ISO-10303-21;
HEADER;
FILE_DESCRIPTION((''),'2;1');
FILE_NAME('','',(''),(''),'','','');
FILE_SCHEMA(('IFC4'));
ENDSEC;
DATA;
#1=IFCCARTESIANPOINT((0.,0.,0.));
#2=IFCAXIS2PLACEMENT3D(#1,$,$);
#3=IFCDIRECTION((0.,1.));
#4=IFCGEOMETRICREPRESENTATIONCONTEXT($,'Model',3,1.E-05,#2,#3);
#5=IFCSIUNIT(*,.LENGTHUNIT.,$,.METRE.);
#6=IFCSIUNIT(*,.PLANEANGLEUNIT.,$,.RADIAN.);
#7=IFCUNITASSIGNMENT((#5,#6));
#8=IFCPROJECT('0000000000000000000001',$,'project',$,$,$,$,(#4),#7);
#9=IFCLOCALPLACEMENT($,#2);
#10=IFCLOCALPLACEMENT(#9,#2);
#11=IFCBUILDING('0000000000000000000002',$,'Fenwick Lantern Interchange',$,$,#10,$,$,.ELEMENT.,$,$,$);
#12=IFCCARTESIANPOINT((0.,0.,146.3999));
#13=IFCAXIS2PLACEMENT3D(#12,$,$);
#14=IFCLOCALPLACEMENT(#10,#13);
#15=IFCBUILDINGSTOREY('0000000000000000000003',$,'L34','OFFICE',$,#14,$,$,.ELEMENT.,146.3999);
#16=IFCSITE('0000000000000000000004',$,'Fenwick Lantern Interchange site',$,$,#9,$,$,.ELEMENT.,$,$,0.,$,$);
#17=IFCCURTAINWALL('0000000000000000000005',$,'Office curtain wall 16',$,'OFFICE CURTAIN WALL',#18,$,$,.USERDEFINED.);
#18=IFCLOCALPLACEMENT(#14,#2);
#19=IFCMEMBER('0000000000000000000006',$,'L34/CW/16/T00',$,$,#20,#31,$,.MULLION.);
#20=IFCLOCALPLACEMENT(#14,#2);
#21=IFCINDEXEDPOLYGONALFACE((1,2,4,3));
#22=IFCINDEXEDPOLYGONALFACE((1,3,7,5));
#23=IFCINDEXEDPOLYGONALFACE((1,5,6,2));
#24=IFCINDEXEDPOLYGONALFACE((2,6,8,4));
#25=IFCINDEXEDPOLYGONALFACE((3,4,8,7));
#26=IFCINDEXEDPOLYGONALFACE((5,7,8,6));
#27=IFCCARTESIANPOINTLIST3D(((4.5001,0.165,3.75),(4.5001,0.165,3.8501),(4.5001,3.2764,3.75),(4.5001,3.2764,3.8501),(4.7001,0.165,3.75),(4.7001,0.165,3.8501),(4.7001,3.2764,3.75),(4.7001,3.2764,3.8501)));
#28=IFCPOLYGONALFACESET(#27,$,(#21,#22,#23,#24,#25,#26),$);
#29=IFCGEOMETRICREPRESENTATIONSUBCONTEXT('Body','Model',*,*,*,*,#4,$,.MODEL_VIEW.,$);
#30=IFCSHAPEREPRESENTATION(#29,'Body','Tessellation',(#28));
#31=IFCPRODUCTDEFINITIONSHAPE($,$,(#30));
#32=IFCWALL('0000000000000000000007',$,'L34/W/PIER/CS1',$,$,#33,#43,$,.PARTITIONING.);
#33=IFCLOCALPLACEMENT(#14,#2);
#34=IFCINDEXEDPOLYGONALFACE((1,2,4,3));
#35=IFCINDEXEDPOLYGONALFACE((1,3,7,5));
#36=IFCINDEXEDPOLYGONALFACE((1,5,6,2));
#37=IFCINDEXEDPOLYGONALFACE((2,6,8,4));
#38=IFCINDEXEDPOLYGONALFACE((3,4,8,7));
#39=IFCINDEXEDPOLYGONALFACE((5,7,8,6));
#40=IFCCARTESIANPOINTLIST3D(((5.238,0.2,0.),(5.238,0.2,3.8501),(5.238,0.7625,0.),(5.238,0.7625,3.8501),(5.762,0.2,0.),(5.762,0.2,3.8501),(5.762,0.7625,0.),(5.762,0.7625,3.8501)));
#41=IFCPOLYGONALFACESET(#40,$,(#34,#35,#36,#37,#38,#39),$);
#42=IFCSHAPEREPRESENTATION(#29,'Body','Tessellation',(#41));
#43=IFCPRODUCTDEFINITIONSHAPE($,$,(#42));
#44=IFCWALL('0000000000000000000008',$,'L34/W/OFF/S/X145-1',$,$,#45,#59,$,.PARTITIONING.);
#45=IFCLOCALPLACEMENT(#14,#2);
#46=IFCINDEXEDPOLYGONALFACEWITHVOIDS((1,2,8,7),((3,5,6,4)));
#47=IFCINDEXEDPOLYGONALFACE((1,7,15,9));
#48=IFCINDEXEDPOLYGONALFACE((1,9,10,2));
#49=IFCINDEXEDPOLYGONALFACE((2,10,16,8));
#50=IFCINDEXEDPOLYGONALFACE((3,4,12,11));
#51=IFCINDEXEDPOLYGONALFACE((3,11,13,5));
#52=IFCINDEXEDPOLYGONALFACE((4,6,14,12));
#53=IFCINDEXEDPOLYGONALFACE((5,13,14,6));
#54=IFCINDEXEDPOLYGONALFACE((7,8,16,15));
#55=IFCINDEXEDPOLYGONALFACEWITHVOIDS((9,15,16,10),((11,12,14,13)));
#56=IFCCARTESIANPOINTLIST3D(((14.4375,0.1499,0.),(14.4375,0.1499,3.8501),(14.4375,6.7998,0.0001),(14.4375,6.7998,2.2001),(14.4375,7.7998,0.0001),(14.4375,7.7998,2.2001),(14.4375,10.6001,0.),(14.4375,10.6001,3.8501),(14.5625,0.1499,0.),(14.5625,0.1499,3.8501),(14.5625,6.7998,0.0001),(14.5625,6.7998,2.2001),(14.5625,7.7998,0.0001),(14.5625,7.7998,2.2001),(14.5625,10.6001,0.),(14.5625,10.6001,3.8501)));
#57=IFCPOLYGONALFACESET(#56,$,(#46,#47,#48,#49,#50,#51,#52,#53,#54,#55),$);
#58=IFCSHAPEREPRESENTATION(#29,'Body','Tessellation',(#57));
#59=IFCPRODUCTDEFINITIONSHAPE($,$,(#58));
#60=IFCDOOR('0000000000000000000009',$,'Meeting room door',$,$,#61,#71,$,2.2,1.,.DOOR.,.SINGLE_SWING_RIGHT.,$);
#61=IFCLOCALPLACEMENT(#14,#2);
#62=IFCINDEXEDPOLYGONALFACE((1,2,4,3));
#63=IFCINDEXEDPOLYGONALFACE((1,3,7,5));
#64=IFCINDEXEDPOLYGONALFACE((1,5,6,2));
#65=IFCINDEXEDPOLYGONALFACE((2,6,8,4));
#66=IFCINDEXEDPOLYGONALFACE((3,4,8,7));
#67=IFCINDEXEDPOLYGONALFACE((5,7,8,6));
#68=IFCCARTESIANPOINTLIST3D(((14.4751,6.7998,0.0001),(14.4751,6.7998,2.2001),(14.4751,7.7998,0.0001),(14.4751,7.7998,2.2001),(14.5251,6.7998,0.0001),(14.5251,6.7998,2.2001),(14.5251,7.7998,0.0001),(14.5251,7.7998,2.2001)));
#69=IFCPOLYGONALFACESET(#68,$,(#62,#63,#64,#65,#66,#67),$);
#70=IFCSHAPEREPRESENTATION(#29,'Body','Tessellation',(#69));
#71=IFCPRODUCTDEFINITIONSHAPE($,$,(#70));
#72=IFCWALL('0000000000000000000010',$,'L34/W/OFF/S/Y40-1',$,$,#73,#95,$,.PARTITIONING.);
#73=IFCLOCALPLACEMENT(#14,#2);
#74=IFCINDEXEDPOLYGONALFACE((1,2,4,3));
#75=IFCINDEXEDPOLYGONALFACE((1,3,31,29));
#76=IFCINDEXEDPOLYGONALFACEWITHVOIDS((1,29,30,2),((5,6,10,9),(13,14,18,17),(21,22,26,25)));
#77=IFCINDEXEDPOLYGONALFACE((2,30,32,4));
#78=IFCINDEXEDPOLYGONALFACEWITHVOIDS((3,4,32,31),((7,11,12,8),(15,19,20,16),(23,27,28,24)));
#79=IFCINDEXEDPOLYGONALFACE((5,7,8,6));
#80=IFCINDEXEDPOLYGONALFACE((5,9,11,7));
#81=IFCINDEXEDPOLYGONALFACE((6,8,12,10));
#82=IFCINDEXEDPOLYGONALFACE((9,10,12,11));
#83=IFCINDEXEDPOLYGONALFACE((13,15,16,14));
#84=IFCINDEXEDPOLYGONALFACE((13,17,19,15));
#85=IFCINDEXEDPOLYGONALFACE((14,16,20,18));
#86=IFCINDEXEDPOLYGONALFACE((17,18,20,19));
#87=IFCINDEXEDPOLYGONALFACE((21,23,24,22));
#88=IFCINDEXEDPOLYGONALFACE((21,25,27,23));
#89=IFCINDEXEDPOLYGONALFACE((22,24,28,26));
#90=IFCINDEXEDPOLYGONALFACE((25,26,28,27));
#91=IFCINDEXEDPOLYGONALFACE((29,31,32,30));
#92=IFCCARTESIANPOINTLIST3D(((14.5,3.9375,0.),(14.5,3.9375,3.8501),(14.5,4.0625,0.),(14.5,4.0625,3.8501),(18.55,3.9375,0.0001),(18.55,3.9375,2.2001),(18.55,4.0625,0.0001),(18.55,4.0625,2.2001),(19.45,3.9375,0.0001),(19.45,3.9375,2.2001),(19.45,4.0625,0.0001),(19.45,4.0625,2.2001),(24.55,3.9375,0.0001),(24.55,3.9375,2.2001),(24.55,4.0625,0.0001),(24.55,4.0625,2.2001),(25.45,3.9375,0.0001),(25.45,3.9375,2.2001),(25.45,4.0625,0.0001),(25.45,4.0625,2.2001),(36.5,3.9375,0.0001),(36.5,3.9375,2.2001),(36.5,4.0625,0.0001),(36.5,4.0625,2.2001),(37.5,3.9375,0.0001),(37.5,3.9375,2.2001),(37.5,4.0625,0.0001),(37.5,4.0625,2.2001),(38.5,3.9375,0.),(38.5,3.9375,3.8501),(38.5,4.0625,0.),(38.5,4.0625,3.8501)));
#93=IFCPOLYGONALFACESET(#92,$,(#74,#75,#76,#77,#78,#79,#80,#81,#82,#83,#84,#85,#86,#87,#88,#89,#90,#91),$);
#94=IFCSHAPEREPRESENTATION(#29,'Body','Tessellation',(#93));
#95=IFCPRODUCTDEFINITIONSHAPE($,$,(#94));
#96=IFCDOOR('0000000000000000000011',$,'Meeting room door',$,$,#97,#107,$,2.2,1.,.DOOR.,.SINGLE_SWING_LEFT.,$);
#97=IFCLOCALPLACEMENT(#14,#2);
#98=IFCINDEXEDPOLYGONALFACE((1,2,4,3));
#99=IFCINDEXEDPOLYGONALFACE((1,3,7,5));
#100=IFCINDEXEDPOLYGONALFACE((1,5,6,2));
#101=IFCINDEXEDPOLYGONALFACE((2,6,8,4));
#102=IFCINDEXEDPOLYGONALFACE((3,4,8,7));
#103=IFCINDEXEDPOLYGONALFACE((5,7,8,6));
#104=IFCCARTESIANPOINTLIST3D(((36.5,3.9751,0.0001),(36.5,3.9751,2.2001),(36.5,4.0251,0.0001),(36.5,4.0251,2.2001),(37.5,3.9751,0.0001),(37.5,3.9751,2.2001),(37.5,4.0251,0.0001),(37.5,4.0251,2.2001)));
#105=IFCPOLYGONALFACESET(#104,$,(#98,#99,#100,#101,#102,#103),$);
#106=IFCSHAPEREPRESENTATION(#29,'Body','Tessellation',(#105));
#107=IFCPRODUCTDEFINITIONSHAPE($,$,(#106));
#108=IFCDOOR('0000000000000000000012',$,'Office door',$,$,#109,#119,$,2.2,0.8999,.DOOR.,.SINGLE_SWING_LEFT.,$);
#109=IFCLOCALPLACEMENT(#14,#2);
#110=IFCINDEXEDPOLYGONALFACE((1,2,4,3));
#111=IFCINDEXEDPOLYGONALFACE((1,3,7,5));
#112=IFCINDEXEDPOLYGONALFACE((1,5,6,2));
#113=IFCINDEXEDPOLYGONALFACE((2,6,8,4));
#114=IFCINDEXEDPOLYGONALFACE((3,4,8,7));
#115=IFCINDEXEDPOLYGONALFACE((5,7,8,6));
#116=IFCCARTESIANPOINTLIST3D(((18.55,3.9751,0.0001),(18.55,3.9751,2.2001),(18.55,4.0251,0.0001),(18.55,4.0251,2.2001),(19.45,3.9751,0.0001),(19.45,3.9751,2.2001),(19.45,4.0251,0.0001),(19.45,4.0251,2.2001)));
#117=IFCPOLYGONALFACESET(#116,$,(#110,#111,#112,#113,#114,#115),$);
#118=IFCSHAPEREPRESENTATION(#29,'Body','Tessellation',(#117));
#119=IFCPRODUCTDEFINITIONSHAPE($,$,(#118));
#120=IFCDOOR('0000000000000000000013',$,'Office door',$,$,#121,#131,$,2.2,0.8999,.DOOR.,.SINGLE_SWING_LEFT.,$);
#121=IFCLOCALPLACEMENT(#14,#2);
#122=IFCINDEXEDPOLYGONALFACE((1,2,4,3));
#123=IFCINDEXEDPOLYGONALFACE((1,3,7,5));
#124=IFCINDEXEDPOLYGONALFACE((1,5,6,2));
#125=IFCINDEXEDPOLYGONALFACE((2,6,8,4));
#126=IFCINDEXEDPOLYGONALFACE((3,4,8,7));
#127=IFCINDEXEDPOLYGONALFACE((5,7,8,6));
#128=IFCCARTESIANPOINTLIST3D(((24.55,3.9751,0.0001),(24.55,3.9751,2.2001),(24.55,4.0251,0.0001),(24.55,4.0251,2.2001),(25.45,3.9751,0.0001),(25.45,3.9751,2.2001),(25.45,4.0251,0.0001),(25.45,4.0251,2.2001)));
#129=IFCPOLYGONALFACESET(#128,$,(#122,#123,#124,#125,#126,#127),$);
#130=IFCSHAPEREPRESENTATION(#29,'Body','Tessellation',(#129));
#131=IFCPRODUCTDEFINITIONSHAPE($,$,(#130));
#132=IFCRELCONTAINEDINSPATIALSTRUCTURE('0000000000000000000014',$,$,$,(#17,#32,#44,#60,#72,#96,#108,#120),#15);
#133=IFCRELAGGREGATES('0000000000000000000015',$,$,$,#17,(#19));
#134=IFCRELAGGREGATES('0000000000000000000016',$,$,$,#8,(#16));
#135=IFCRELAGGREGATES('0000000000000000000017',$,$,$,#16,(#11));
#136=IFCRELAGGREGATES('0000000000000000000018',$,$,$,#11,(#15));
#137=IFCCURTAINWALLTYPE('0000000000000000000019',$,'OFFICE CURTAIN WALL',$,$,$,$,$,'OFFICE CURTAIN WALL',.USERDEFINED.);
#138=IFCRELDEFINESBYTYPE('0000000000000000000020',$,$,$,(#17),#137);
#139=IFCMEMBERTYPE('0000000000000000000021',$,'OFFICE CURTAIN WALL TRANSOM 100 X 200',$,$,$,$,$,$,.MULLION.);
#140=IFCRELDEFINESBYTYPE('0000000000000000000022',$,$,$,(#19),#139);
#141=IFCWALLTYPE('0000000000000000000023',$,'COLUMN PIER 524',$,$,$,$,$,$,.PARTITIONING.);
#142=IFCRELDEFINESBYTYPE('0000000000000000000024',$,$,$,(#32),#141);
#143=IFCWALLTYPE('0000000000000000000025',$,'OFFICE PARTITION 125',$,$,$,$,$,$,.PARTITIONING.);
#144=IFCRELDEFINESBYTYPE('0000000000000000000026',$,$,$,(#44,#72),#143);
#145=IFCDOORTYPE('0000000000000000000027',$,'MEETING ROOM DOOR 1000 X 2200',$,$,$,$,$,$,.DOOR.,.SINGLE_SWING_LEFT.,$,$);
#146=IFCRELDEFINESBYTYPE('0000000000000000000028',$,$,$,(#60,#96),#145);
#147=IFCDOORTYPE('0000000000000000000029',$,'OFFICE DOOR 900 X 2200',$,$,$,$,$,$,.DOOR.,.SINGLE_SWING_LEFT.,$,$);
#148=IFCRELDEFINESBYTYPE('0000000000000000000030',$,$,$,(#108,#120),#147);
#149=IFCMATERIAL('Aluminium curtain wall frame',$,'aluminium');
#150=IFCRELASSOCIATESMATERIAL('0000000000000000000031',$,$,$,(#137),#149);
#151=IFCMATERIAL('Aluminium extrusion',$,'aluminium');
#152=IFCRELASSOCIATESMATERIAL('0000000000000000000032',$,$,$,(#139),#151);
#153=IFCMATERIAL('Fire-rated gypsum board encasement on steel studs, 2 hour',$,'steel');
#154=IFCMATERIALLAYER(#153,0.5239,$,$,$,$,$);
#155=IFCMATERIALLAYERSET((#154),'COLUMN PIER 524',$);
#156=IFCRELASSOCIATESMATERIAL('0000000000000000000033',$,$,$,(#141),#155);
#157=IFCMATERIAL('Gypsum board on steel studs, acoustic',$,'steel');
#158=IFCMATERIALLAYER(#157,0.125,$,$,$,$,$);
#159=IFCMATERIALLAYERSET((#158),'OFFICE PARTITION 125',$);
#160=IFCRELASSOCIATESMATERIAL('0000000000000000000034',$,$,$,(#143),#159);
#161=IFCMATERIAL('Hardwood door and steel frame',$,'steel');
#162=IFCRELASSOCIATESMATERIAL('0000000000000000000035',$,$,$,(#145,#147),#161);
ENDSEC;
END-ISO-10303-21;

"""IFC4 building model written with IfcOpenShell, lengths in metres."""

from ifc_helpers import new_model, si_unit, direction, frame, frame_2d, origin, origin_2d, place, context, subcontext, project, spatial, rectangle, extrude, material, layer, layer_set, material_profile, profile_set, type_object, element, fill, aggregate, save


model = new_model("IFC4")

# Units and contexts
model_context = context("Model", 3, precision=1e-05, world=origin(), true_north=direction((0.0, 1.0)))
body_context = subcontext(model_context, "Body", "Model", "MODEL_VIEW")
ifc_project = project(units=[si_unit("LENGTHUNIT", "METRE"), si_unit("PLANEANGLEUNIT", "RADIAN")], contexts=[model_context])

# Site, building, storey
site_placement = place(None, origin())
site = spatial("IfcSite", under=ifc_project, at=site_placement, Name="Fenwick Lantern Interchange site", CompositionType="ELEMENT", RefElevation=0.0)
building_placement = place(site_placement, origin())
building = spatial("IfcBuilding", under=site, at=building_placement, Name="Fenwick Lantern Interchange", CompositionType="ELEMENT")
storey_placement = place(building_placement, frame((0.0, 0.0, 146.3999)))
storey = spatial("IfcBuildingStorey", under=building, at=storey_placement, Name="L34", Description="OFFICE", CompositionType="ELEMENT", Elevation=146.3999)

# Curtain wall
ifc_material_1 = material(Name="Aluminium curtain wall frame", Category="aluminium")
curtain_wall_type = type_object("IfcCurtainWallType", Name="OFFICE CURTAIN WALL", ElementType="OFFICE CURTAIN WALL", PredefinedType="USERDEFINED", material=ifc_material_1)
ifc_material_2 = material(Name="Aluminium extrusion", Category="aluminium")
curtain_wall_1_placement = place(storey_placement, origin())
curtain_wall_1 = element("IfcCurtainWall", 1, at=curtain_wall_1_placement, inside=storey, type_object=curtain_wall_type, Name="Office curtain wall 16", ObjectType="OFFICE CURTAIN WALL", PredefinedType="USERDEFINED")

# Member
ifc_material_profile_1 = material_profile(ifc_material_2, rectangle(XDim=0.2, YDim=0.1001, at=origin_2d()), Name="OFFICE CURTAIN WALL TRANSOM 100 X 200")
ifc_profile_set_1 = profile_set([ifc_material_profile_1], Name="Aluminium extrusion")
member_type_1 = type_object("IfcMemberType", Name="OFFICE CURTAIN WALL TRANSOM 100 X 200", PredefinedType="MULLION", material=ifc_profile_set_1)
member_1_placement = place(storey_placement, frame((4.6001, 3.2764, 3.8), z_axis=(0.0, -1.0, 0.0), x_axis=(1.0, 0.0, 0.0)))
member_1 = element("IfcMember", 2, at=member_1_placement, type_object=member_type_1, Name="L34/CW/16/T00", PredefinedType="MULLION", context=body_context, shape_type="SweptSolid", body=[
    extrude(rectangle(XDim=0.2, YDim=0.1001, at=origin_2d()), origin(), (0.0, 0.0, 1.0), 3.1113),
])
aggregate(curtain_wall_1, [member_1])

# Wall
ifc_material_3 = material(Name="Fire-rated gypsum board encasement on steel studs, 2 hour", Category="steel")
ifc_layer_1 = layer(ifc_material_3, 0.5239)
ifc_layer_set_1 = layer_set([ifc_layer_1], Name="COLUMN PIER 524")
wall_type_1 = type_object("IfcWallType", Name="COLUMN PIER 524", PredefinedType="PARTITIONING", material=ifc_layer_set_1)
wall_1_placement = place(storey_placement, frame((5.5, 0.2, 0.0), z_axis=(0.0, 0.0, 1.0), x_axis=(0.0, 1.0, 0.0)))
element("IfcWall", 3, at=wall_1_placement, inside=storey, type_object=wall_type_1, Name="L34/W/PIER/CS1", PredefinedType="PARTITIONING", context=body_context, shape_type="SweptSolid", body=[
    extrude(rectangle(XDim=0.5625, YDim=0.5239, at=frame_2d((0.2812, 0.0))), origin(), (0.0, 0.0, 1.0), 3.8501),
])

# Wall, opening, door
ifc_material_4 = material(Name="Gypsum board on steel studs, acoustic", Category="steel")
ifc_layer_2 = layer(ifc_material_4, 0.125)
ifc_layer_set_2 = layer_set([ifc_layer_2], Name="OFFICE PARTITION 125")
wall_type_2 = type_object("IfcWallType", Name="OFFICE PARTITION 125", PredefinedType="PARTITIONING", material=ifc_layer_set_2)
wall_2_placement = place(storey_placement, frame((14.5, 0.1499, 0.0), z_axis=(0.0, 0.0, 1.0), x_axis=(0.0, 1.0, 0.0)))
wall_2 = element("IfcWall", 4, at=wall_2_placement, inside=storey, type_object=wall_type_2, Name="L34/W/OFF/S/X145-1", PredefinedType="PARTITIONING", context=body_context, shape_type="SweptSolid", body=[
    extrude(rectangle(XDim=10.4502, YDim=0.125, at=frame_2d((5.2251, 0.0))), origin(), (0.0, 0.0, 1.0), 3.8501),
])
opening_1_placement = place(wall_2_placement, frame((6.6499, 0.0, 0.0)))
opening_1 = element("IfcOpeningElement", 5, at=opening_1_placement, cuts=wall_2, PredefinedType="OPENING", context=body_context, shape_type="SweptSolid", body=[
    extrude(rectangle(XDim=1.0, YDim=2.2, at=frame_2d((0.5, 1.1001))), frame((0.0, 0.0725, 0.0), z_axis=(0.0, -1.0, 0.0), x_axis=(1.0, 0.0, 0.0)), (0.0, 0.0, 1.0), 0.145),
])
ifc_material_5 = material(Name="Hardwood door and steel frame", Category="steel")
door_type_1 = type_object("IfcDoorType", Name="MEETING ROOM DOOR 1000 X 2200", OperationType="SINGLE_SWING_LEFT", PredefinedType="DOOR", material=ifc_material_5)
door_1_placement = place(opening_1_placement, origin())
door_1 = element("IfcDoor", 6, at=door_1_placement, inside=storey, type_object=door_type_1, Name="Meeting room door", OperationType="SINGLE_SWING_RIGHT", OverallHeight=2.2, OverallWidth=1.0, PredefinedType="DOOR", context=body_context, shape_type="SweptSolid", body=[
    extrude(rectangle(XDim=1.0, YDim=2.2, at=frame_2d((0.5, 1.1001))), frame((0.0, 0.0249, 0.0), z_axis=(0.0, -1.0, 0.0), x_axis=(1.0, 0.0, 0.0)), (0.0, 0.0, 1.0), 0.05),
])
fill(opening_1, door_1)

# Wall, openings, doors
wall_3_placement = place(storey_placement, frame((14.5, 4.0, 0.0), z_axis=(0.0, 0.0, 1.0), x_axis=(1.0, 0.0, 0.0)))
wall_3 = element("IfcWall", 7, at=wall_3_placement, inside=storey, type_object=wall_type_2, Name="L34/W/OFF/S/Y40-1", PredefinedType="PARTITIONING", context=body_context, shape_type="SweptSolid", body=[
    extrude(rectangle(XDim=24.0, YDim=0.125, at=frame_2d((12.0, 0.0))), origin(), (0.0, 0.0, 1.0), 3.8501),
])
opening_2_placement = place(wall_3_placement, frame((4.05, 0.0, 0.0)))
opening_2 = element("IfcOpeningElement", 8, at=opening_2_placement, cuts=wall_3, PredefinedType="OPENING", context=body_context, shape_type="SweptSolid", body=[
    extrude(rectangle(XDim=0.8999, YDim=2.2, at=frame_2d((0.45, 1.1001))), frame((0.0, 0.0725, 0.0), z_axis=(0.0, -1.0, 0.0), x_axis=(1.0, 0.0, 0.0)), (0.0, 0.0, 1.0), 0.145),
])
opening_3_placement = place(wall_3_placement, frame((10.05, 0.0, 0.0)))
opening_3 = element("IfcOpeningElement", 9, at=opening_3_placement, cuts=wall_3, PredefinedType="OPENING", context=body_context, shape_type="SweptSolid", body=[
    extrude(rectangle(XDim=0.8999, YDim=2.2, at=frame_2d((0.45, 1.1001))), frame((0.0, 0.0725, 0.0), z_axis=(0.0, -1.0, 0.0), x_axis=(1.0, 0.0, 0.0)), (0.0, 0.0, 1.0), 0.145),
])
opening_4_placement = place(wall_3_placement, frame((22.0, 0.0, 0.0)))
opening_4 = element("IfcOpeningElement", 10, at=opening_4_placement, cuts=wall_3, PredefinedType="OPENING", context=body_context, shape_type="SweptSolid", body=[
    extrude(rectangle(XDim=1.0, YDim=2.2, at=frame_2d((0.5, 1.1001))), frame((0.0, 0.0725, 0.0), z_axis=(0.0, -1.0, 0.0), x_axis=(1.0, 0.0, 0.0)), (0.0, 0.0, 1.0), 0.145),
])
door_2_placement = place(opening_4_placement, frame((1.0, 0.0, 0.0), z_axis=(0.0, 0.0, 1.0), x_axis=(-1.0, 0.0, 0.0)))
door_2 = element("IfcDoor", 11, at=door_2_placement, inside=storey, type_object=door_type_1, Name="Meeting room door", OperationType="SINGLE_SWING_LEFT", OverallHeight=2.2, OverallWidth=1.0, PredefinedType="DOOR", context=body_context, shape_type="SweptSolid", body=[
    extrude(rectangle(XDim=1.0, YDim=2.2, at=frame_2d((0.5, 1.1001))), frame((0.0, 0.0249, 0.0), z_axis=(0.0, -1.0, 0.0), x_axis=(1.0, 0.0, 0.0)), (0.0, 0.0, 1.0), 0.05),
])
fill(opening_4, door_2)
door_type_2 = type_object("IfcDoorType", Name="OFFICE DOOR 900 X 2200", OperationType="SINGLE_SWING_LEFT", PredefinedType="DOOR", material=ifc_material_5)
door_3_placement = place(opening_2_placement, frame((0.8999, 0.0, 0.0), z_axis=(0.0, 0.0, 1.0), x_axis=(-1.0, 0.0, 0.0)))
door_3 = element("IfcDoor", 12, at=door_3_placement, inside=storey, type_object=door_type_2, Name="Office door", OperationType="SINGLE_SWING_LEFT", OverallHeight=2.2, OverallWidth=0.8999, PredefinedType="DOOR", context=body_context, shape_type="SweptSolid", body=[
    extrude(rectangle(XDim=0.8999, YDim=2.2, at=frame_2d((0.45, 1.1001))), frame((0.0, 0.0249, 0.0), z_axis=(0.0, -1.0, 0.0), x_axis=(1.0, 0.0, 0.0)), (0.0, 0.0, 1.0), 0.05),
])
fill(opening_2, door_3)
door_4_placement = place(opening_3_placement, frame((0.8999, 0.0, 0.0), z_axis=(0.0, 0.0, 1.0), x_axis=(-1.0, 0.0, 0.0)))
door_4 = element("IfcDoor", 13, at=door_4_placement, inside=storey, type_object=door_type_2, Name="Office door", OperationType="SINGLE_SWING_LEFT", OverallHeight=2.2, OverallWidth=0.8999, PredefinedType="DOOR", context=body_context, shape_type="SweptSolid", body=[
    extrude(rectangle(XDim=0.8999, YDim=2.2, at=frame_2d((0.45, 1.1001))), frame((0.0, 0.0249, 0.0), z_axis=(0.0, -1.0, 0.0), x_axis=(1.0, 0.0, 0.0)), (0.0, 0.0, 1.0), 0.05),
])
fill(opening_3, door_4)

save(model, "model.ifc")
